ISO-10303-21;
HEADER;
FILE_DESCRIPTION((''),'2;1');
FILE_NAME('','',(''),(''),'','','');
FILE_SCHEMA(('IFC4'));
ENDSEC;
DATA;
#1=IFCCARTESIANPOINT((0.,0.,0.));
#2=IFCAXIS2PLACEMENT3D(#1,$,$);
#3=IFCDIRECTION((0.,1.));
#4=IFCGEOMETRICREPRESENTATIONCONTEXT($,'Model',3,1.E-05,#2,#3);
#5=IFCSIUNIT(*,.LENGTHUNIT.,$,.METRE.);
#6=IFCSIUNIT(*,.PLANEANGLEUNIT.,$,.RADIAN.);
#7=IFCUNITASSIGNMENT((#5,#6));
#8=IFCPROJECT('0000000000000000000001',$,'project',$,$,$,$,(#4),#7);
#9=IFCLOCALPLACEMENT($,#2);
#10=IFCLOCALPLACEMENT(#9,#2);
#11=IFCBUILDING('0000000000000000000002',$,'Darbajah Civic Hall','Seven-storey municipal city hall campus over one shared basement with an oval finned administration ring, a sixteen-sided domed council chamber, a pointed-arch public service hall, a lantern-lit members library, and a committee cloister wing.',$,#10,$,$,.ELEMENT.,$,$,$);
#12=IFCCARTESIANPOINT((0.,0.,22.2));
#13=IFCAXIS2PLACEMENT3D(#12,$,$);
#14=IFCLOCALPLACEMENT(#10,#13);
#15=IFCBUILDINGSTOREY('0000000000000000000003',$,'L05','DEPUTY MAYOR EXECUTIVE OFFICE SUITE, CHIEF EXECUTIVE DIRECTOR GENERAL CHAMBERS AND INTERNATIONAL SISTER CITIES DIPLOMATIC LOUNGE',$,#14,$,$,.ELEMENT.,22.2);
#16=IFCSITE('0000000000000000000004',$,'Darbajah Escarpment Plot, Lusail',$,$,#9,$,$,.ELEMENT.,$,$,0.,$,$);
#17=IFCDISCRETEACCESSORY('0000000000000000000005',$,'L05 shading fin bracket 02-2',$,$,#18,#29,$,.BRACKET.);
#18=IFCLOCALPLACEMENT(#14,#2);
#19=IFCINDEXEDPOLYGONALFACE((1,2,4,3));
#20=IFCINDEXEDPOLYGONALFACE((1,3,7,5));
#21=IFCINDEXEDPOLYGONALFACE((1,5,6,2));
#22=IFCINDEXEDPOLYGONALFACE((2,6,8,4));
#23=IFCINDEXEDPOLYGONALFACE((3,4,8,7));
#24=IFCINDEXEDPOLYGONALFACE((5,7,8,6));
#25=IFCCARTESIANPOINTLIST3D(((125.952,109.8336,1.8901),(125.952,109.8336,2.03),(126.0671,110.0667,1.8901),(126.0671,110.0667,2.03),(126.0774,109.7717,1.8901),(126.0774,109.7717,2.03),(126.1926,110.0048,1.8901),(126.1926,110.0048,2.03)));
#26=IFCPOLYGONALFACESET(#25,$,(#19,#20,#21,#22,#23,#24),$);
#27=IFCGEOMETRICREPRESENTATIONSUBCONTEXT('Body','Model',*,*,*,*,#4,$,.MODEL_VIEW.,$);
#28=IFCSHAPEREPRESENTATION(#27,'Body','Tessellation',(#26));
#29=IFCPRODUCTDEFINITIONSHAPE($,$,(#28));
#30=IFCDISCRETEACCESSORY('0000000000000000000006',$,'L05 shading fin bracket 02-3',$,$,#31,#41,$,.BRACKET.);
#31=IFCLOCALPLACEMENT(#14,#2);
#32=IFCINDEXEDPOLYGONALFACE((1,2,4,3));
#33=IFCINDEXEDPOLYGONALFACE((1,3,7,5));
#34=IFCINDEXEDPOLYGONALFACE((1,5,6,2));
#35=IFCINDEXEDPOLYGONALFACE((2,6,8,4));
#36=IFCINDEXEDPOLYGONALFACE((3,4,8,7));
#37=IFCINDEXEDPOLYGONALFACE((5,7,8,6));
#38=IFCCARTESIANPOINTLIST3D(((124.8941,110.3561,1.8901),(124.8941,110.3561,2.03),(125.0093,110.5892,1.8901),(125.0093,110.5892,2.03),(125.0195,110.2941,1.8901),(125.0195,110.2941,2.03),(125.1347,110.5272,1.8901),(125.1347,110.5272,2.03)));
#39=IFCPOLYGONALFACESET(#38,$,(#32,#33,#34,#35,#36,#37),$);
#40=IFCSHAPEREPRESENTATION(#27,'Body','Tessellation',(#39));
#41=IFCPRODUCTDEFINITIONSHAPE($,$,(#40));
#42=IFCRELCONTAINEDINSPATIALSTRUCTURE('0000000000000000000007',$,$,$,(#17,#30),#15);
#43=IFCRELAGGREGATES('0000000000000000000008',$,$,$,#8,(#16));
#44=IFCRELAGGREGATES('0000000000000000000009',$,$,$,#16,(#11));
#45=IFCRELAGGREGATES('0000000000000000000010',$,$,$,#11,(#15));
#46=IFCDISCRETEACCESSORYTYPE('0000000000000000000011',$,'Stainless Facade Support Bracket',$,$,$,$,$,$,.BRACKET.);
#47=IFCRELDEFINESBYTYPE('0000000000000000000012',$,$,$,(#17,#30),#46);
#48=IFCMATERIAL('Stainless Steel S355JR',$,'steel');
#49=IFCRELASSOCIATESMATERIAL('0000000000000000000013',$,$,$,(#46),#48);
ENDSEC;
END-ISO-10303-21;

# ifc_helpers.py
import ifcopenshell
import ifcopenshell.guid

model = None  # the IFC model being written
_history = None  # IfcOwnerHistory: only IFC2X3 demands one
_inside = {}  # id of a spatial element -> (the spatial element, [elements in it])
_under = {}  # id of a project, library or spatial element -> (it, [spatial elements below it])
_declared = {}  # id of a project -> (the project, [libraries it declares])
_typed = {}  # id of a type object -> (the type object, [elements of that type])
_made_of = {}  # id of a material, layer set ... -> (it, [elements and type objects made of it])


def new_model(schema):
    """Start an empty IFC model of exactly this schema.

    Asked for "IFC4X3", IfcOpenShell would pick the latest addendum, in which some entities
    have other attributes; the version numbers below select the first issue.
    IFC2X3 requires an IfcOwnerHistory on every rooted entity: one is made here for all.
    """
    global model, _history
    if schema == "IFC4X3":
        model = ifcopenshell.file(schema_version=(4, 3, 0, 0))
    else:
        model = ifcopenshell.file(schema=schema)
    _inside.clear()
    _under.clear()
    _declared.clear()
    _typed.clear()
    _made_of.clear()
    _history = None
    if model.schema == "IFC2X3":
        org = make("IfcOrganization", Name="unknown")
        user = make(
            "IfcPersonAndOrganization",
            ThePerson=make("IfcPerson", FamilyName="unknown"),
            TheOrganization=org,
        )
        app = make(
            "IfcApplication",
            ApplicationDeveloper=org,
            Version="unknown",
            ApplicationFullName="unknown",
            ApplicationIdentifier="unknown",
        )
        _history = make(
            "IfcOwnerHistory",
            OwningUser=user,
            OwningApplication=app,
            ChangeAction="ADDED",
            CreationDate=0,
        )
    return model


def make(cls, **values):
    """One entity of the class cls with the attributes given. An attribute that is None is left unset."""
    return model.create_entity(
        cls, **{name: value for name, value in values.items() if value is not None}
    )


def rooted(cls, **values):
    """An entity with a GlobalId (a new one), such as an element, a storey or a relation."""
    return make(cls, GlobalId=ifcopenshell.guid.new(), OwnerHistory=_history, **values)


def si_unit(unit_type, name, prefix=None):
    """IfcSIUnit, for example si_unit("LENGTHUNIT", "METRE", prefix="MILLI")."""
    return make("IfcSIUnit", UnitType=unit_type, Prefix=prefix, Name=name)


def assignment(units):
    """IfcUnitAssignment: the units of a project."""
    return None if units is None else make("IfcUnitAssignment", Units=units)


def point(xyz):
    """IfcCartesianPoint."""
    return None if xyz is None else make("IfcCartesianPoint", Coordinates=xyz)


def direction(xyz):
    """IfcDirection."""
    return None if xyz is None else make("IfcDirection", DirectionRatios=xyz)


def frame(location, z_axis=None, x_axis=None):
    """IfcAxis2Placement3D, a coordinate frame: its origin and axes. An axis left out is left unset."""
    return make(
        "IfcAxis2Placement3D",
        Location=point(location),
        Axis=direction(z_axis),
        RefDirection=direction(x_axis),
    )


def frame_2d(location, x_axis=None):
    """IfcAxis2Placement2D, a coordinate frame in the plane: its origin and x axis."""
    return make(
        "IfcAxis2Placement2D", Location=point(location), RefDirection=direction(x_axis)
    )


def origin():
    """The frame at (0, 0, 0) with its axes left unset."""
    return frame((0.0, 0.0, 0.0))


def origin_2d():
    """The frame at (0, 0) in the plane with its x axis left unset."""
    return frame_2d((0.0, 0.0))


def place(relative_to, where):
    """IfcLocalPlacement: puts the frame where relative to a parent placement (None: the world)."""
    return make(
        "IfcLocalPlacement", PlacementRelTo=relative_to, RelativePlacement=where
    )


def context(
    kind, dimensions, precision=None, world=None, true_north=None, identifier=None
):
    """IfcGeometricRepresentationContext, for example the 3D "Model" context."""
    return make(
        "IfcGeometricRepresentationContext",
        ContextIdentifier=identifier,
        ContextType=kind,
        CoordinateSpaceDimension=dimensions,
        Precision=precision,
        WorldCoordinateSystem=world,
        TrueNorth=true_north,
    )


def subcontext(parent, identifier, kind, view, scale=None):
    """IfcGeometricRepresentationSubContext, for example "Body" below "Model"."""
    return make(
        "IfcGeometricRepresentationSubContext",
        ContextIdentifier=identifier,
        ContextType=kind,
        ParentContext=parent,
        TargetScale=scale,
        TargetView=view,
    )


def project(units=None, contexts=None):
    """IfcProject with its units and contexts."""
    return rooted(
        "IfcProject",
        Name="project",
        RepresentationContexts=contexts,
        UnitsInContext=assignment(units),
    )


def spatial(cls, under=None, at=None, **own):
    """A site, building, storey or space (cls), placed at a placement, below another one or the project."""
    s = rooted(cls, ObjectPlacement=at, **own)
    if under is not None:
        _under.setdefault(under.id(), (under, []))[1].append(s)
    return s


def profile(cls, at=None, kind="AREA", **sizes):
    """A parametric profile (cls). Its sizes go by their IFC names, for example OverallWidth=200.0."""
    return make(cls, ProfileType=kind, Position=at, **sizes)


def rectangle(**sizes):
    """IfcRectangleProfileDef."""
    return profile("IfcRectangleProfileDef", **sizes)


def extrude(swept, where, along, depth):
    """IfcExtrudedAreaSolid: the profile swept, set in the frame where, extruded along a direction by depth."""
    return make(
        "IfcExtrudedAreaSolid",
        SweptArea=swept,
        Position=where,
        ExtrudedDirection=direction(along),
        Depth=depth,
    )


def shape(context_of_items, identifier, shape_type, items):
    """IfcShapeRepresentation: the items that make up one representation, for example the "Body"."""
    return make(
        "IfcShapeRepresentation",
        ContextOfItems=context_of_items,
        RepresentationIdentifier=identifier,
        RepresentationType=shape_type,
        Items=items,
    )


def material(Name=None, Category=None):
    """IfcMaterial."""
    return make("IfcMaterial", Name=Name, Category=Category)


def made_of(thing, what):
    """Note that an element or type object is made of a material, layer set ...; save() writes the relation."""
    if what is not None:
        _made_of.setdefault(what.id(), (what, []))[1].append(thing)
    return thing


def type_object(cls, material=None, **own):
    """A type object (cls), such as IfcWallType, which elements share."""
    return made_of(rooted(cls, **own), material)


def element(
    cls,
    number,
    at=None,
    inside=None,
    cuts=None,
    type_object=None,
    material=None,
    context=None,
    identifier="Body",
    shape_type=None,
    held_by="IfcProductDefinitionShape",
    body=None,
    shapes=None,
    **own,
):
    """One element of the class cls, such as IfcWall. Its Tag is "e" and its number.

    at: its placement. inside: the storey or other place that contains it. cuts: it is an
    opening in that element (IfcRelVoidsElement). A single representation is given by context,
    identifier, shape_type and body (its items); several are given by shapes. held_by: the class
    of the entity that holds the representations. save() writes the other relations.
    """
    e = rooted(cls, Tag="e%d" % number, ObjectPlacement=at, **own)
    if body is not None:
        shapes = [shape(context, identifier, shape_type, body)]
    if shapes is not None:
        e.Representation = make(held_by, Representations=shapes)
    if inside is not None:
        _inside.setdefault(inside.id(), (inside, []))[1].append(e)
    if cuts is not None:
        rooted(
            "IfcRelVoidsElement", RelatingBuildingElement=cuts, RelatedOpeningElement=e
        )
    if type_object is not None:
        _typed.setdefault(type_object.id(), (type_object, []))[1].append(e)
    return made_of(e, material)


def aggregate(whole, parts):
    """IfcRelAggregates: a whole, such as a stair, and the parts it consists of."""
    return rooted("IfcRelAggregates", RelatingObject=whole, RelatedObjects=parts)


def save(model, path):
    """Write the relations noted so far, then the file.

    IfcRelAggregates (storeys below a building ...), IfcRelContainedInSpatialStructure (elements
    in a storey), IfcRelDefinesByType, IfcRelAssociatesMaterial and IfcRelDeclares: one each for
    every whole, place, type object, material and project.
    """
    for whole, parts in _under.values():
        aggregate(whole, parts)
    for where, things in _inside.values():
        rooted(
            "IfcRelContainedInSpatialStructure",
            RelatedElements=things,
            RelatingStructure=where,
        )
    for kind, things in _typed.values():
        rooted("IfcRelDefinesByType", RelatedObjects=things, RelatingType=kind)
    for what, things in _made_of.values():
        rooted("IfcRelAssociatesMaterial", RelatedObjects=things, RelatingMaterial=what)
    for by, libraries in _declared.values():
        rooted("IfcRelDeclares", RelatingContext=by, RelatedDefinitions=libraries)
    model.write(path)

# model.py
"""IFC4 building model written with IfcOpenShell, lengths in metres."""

from ifc_helpers import new_model, si_unit, direction, frame, origin, origin_2d, place, context, subcontext, project, spatial, rectangle, extrude, material, type_object, element, save


model = new_model("IFC4")

# Units and contexts
model_context = context("Model", 3, precision=1e-05, world=origin(), true_north=direction((0.0, 1.0)))
body_context = subcontext(model_context, "Body", "Model", "MODEL_VIEW")
ifc_project = project(units=[si_unit("LENGTHUNIT", "METRE"), si_unit("PLANEANGLEUNIT", "RADIAN")], contexts=[model_context])

# Site, building, storey
site_placement = place(None, origin())
site = spatial("IfcSite", under=ifc_project, at=site_placement, Name="Darbajah Escarpment Plot, Lusail", CompositionType="ELEMENT", RefElevation=0.0)
building_placement = place(site_placement, origin())
building = spatial("IfcBuilding", under=site, at=building_placement, Name="Darbajah Civic Hall", Description="Seven-storey municipal city hall campus over one shared basement with an oval finned administration ring, a sixteen-sided domed council chamber, a pointed-arch public service hall, a lantern-lit members library, and a committee cloister wing.", CompositionType="ELEMENT")
storey_placement = place(building_placement, frame((0.0, 0.0, 22.2)))
storey = spatial("IfcBuildingStorey", under=building, at=storey_placement, Name="L05", Description="DEPUTY MAYOR EXECUTIVE OFFICE SUITE, CHIEF EXECUTIVE DIRECTOR GENERAL CHAMBERS AND INTERNATIONAL SISTER CITIES DIPLOMATIC LOUNGE", CompositionType="ELEMENT", Elevation=22.2)

# Discrete accessories
ifc_material_1 = material(Name="Stainless Steel S355JR", Category="steel")
discrete_accessory_type = type_object("IfcDiscreteAccessoryType", Name="Stainless Facade Support Bracket", PredefinedType="BRACKET", material=ifc_material_1)
for number, where, z_axis, x_axis, name in (
    (1, (126.0723, 109.9192, 1.8901), (0.0, 0.0, 1.0), (0.442915, 0.896564, 0.0), "L05 shading fin bracket 02-2"),
    (2, (125.0144, 110.4417, 1.8901), (0.0, 0.0, 1.0), (0.442915, 0.896564, 0.0), "L05 shading fin bracket 02-3"),
):
    element("IfcDiscreteAccessory", number, at=place(storey_placement, frame(where, z_axis=z_axis, x_axis=x_axis)), inside=storey, type_object=discrete_accessory_type, Name=name, PredefinedType="BRACKET", context=body_context, shape_type="SweptSolid", body=[
        extrude(rectangle(XDim=0.26, YDim=0.1399, at=origin_2d()), origin(), (0.0, 0.0, 1.0), 0.1399),
    ])

save(model, "model.ifc")
